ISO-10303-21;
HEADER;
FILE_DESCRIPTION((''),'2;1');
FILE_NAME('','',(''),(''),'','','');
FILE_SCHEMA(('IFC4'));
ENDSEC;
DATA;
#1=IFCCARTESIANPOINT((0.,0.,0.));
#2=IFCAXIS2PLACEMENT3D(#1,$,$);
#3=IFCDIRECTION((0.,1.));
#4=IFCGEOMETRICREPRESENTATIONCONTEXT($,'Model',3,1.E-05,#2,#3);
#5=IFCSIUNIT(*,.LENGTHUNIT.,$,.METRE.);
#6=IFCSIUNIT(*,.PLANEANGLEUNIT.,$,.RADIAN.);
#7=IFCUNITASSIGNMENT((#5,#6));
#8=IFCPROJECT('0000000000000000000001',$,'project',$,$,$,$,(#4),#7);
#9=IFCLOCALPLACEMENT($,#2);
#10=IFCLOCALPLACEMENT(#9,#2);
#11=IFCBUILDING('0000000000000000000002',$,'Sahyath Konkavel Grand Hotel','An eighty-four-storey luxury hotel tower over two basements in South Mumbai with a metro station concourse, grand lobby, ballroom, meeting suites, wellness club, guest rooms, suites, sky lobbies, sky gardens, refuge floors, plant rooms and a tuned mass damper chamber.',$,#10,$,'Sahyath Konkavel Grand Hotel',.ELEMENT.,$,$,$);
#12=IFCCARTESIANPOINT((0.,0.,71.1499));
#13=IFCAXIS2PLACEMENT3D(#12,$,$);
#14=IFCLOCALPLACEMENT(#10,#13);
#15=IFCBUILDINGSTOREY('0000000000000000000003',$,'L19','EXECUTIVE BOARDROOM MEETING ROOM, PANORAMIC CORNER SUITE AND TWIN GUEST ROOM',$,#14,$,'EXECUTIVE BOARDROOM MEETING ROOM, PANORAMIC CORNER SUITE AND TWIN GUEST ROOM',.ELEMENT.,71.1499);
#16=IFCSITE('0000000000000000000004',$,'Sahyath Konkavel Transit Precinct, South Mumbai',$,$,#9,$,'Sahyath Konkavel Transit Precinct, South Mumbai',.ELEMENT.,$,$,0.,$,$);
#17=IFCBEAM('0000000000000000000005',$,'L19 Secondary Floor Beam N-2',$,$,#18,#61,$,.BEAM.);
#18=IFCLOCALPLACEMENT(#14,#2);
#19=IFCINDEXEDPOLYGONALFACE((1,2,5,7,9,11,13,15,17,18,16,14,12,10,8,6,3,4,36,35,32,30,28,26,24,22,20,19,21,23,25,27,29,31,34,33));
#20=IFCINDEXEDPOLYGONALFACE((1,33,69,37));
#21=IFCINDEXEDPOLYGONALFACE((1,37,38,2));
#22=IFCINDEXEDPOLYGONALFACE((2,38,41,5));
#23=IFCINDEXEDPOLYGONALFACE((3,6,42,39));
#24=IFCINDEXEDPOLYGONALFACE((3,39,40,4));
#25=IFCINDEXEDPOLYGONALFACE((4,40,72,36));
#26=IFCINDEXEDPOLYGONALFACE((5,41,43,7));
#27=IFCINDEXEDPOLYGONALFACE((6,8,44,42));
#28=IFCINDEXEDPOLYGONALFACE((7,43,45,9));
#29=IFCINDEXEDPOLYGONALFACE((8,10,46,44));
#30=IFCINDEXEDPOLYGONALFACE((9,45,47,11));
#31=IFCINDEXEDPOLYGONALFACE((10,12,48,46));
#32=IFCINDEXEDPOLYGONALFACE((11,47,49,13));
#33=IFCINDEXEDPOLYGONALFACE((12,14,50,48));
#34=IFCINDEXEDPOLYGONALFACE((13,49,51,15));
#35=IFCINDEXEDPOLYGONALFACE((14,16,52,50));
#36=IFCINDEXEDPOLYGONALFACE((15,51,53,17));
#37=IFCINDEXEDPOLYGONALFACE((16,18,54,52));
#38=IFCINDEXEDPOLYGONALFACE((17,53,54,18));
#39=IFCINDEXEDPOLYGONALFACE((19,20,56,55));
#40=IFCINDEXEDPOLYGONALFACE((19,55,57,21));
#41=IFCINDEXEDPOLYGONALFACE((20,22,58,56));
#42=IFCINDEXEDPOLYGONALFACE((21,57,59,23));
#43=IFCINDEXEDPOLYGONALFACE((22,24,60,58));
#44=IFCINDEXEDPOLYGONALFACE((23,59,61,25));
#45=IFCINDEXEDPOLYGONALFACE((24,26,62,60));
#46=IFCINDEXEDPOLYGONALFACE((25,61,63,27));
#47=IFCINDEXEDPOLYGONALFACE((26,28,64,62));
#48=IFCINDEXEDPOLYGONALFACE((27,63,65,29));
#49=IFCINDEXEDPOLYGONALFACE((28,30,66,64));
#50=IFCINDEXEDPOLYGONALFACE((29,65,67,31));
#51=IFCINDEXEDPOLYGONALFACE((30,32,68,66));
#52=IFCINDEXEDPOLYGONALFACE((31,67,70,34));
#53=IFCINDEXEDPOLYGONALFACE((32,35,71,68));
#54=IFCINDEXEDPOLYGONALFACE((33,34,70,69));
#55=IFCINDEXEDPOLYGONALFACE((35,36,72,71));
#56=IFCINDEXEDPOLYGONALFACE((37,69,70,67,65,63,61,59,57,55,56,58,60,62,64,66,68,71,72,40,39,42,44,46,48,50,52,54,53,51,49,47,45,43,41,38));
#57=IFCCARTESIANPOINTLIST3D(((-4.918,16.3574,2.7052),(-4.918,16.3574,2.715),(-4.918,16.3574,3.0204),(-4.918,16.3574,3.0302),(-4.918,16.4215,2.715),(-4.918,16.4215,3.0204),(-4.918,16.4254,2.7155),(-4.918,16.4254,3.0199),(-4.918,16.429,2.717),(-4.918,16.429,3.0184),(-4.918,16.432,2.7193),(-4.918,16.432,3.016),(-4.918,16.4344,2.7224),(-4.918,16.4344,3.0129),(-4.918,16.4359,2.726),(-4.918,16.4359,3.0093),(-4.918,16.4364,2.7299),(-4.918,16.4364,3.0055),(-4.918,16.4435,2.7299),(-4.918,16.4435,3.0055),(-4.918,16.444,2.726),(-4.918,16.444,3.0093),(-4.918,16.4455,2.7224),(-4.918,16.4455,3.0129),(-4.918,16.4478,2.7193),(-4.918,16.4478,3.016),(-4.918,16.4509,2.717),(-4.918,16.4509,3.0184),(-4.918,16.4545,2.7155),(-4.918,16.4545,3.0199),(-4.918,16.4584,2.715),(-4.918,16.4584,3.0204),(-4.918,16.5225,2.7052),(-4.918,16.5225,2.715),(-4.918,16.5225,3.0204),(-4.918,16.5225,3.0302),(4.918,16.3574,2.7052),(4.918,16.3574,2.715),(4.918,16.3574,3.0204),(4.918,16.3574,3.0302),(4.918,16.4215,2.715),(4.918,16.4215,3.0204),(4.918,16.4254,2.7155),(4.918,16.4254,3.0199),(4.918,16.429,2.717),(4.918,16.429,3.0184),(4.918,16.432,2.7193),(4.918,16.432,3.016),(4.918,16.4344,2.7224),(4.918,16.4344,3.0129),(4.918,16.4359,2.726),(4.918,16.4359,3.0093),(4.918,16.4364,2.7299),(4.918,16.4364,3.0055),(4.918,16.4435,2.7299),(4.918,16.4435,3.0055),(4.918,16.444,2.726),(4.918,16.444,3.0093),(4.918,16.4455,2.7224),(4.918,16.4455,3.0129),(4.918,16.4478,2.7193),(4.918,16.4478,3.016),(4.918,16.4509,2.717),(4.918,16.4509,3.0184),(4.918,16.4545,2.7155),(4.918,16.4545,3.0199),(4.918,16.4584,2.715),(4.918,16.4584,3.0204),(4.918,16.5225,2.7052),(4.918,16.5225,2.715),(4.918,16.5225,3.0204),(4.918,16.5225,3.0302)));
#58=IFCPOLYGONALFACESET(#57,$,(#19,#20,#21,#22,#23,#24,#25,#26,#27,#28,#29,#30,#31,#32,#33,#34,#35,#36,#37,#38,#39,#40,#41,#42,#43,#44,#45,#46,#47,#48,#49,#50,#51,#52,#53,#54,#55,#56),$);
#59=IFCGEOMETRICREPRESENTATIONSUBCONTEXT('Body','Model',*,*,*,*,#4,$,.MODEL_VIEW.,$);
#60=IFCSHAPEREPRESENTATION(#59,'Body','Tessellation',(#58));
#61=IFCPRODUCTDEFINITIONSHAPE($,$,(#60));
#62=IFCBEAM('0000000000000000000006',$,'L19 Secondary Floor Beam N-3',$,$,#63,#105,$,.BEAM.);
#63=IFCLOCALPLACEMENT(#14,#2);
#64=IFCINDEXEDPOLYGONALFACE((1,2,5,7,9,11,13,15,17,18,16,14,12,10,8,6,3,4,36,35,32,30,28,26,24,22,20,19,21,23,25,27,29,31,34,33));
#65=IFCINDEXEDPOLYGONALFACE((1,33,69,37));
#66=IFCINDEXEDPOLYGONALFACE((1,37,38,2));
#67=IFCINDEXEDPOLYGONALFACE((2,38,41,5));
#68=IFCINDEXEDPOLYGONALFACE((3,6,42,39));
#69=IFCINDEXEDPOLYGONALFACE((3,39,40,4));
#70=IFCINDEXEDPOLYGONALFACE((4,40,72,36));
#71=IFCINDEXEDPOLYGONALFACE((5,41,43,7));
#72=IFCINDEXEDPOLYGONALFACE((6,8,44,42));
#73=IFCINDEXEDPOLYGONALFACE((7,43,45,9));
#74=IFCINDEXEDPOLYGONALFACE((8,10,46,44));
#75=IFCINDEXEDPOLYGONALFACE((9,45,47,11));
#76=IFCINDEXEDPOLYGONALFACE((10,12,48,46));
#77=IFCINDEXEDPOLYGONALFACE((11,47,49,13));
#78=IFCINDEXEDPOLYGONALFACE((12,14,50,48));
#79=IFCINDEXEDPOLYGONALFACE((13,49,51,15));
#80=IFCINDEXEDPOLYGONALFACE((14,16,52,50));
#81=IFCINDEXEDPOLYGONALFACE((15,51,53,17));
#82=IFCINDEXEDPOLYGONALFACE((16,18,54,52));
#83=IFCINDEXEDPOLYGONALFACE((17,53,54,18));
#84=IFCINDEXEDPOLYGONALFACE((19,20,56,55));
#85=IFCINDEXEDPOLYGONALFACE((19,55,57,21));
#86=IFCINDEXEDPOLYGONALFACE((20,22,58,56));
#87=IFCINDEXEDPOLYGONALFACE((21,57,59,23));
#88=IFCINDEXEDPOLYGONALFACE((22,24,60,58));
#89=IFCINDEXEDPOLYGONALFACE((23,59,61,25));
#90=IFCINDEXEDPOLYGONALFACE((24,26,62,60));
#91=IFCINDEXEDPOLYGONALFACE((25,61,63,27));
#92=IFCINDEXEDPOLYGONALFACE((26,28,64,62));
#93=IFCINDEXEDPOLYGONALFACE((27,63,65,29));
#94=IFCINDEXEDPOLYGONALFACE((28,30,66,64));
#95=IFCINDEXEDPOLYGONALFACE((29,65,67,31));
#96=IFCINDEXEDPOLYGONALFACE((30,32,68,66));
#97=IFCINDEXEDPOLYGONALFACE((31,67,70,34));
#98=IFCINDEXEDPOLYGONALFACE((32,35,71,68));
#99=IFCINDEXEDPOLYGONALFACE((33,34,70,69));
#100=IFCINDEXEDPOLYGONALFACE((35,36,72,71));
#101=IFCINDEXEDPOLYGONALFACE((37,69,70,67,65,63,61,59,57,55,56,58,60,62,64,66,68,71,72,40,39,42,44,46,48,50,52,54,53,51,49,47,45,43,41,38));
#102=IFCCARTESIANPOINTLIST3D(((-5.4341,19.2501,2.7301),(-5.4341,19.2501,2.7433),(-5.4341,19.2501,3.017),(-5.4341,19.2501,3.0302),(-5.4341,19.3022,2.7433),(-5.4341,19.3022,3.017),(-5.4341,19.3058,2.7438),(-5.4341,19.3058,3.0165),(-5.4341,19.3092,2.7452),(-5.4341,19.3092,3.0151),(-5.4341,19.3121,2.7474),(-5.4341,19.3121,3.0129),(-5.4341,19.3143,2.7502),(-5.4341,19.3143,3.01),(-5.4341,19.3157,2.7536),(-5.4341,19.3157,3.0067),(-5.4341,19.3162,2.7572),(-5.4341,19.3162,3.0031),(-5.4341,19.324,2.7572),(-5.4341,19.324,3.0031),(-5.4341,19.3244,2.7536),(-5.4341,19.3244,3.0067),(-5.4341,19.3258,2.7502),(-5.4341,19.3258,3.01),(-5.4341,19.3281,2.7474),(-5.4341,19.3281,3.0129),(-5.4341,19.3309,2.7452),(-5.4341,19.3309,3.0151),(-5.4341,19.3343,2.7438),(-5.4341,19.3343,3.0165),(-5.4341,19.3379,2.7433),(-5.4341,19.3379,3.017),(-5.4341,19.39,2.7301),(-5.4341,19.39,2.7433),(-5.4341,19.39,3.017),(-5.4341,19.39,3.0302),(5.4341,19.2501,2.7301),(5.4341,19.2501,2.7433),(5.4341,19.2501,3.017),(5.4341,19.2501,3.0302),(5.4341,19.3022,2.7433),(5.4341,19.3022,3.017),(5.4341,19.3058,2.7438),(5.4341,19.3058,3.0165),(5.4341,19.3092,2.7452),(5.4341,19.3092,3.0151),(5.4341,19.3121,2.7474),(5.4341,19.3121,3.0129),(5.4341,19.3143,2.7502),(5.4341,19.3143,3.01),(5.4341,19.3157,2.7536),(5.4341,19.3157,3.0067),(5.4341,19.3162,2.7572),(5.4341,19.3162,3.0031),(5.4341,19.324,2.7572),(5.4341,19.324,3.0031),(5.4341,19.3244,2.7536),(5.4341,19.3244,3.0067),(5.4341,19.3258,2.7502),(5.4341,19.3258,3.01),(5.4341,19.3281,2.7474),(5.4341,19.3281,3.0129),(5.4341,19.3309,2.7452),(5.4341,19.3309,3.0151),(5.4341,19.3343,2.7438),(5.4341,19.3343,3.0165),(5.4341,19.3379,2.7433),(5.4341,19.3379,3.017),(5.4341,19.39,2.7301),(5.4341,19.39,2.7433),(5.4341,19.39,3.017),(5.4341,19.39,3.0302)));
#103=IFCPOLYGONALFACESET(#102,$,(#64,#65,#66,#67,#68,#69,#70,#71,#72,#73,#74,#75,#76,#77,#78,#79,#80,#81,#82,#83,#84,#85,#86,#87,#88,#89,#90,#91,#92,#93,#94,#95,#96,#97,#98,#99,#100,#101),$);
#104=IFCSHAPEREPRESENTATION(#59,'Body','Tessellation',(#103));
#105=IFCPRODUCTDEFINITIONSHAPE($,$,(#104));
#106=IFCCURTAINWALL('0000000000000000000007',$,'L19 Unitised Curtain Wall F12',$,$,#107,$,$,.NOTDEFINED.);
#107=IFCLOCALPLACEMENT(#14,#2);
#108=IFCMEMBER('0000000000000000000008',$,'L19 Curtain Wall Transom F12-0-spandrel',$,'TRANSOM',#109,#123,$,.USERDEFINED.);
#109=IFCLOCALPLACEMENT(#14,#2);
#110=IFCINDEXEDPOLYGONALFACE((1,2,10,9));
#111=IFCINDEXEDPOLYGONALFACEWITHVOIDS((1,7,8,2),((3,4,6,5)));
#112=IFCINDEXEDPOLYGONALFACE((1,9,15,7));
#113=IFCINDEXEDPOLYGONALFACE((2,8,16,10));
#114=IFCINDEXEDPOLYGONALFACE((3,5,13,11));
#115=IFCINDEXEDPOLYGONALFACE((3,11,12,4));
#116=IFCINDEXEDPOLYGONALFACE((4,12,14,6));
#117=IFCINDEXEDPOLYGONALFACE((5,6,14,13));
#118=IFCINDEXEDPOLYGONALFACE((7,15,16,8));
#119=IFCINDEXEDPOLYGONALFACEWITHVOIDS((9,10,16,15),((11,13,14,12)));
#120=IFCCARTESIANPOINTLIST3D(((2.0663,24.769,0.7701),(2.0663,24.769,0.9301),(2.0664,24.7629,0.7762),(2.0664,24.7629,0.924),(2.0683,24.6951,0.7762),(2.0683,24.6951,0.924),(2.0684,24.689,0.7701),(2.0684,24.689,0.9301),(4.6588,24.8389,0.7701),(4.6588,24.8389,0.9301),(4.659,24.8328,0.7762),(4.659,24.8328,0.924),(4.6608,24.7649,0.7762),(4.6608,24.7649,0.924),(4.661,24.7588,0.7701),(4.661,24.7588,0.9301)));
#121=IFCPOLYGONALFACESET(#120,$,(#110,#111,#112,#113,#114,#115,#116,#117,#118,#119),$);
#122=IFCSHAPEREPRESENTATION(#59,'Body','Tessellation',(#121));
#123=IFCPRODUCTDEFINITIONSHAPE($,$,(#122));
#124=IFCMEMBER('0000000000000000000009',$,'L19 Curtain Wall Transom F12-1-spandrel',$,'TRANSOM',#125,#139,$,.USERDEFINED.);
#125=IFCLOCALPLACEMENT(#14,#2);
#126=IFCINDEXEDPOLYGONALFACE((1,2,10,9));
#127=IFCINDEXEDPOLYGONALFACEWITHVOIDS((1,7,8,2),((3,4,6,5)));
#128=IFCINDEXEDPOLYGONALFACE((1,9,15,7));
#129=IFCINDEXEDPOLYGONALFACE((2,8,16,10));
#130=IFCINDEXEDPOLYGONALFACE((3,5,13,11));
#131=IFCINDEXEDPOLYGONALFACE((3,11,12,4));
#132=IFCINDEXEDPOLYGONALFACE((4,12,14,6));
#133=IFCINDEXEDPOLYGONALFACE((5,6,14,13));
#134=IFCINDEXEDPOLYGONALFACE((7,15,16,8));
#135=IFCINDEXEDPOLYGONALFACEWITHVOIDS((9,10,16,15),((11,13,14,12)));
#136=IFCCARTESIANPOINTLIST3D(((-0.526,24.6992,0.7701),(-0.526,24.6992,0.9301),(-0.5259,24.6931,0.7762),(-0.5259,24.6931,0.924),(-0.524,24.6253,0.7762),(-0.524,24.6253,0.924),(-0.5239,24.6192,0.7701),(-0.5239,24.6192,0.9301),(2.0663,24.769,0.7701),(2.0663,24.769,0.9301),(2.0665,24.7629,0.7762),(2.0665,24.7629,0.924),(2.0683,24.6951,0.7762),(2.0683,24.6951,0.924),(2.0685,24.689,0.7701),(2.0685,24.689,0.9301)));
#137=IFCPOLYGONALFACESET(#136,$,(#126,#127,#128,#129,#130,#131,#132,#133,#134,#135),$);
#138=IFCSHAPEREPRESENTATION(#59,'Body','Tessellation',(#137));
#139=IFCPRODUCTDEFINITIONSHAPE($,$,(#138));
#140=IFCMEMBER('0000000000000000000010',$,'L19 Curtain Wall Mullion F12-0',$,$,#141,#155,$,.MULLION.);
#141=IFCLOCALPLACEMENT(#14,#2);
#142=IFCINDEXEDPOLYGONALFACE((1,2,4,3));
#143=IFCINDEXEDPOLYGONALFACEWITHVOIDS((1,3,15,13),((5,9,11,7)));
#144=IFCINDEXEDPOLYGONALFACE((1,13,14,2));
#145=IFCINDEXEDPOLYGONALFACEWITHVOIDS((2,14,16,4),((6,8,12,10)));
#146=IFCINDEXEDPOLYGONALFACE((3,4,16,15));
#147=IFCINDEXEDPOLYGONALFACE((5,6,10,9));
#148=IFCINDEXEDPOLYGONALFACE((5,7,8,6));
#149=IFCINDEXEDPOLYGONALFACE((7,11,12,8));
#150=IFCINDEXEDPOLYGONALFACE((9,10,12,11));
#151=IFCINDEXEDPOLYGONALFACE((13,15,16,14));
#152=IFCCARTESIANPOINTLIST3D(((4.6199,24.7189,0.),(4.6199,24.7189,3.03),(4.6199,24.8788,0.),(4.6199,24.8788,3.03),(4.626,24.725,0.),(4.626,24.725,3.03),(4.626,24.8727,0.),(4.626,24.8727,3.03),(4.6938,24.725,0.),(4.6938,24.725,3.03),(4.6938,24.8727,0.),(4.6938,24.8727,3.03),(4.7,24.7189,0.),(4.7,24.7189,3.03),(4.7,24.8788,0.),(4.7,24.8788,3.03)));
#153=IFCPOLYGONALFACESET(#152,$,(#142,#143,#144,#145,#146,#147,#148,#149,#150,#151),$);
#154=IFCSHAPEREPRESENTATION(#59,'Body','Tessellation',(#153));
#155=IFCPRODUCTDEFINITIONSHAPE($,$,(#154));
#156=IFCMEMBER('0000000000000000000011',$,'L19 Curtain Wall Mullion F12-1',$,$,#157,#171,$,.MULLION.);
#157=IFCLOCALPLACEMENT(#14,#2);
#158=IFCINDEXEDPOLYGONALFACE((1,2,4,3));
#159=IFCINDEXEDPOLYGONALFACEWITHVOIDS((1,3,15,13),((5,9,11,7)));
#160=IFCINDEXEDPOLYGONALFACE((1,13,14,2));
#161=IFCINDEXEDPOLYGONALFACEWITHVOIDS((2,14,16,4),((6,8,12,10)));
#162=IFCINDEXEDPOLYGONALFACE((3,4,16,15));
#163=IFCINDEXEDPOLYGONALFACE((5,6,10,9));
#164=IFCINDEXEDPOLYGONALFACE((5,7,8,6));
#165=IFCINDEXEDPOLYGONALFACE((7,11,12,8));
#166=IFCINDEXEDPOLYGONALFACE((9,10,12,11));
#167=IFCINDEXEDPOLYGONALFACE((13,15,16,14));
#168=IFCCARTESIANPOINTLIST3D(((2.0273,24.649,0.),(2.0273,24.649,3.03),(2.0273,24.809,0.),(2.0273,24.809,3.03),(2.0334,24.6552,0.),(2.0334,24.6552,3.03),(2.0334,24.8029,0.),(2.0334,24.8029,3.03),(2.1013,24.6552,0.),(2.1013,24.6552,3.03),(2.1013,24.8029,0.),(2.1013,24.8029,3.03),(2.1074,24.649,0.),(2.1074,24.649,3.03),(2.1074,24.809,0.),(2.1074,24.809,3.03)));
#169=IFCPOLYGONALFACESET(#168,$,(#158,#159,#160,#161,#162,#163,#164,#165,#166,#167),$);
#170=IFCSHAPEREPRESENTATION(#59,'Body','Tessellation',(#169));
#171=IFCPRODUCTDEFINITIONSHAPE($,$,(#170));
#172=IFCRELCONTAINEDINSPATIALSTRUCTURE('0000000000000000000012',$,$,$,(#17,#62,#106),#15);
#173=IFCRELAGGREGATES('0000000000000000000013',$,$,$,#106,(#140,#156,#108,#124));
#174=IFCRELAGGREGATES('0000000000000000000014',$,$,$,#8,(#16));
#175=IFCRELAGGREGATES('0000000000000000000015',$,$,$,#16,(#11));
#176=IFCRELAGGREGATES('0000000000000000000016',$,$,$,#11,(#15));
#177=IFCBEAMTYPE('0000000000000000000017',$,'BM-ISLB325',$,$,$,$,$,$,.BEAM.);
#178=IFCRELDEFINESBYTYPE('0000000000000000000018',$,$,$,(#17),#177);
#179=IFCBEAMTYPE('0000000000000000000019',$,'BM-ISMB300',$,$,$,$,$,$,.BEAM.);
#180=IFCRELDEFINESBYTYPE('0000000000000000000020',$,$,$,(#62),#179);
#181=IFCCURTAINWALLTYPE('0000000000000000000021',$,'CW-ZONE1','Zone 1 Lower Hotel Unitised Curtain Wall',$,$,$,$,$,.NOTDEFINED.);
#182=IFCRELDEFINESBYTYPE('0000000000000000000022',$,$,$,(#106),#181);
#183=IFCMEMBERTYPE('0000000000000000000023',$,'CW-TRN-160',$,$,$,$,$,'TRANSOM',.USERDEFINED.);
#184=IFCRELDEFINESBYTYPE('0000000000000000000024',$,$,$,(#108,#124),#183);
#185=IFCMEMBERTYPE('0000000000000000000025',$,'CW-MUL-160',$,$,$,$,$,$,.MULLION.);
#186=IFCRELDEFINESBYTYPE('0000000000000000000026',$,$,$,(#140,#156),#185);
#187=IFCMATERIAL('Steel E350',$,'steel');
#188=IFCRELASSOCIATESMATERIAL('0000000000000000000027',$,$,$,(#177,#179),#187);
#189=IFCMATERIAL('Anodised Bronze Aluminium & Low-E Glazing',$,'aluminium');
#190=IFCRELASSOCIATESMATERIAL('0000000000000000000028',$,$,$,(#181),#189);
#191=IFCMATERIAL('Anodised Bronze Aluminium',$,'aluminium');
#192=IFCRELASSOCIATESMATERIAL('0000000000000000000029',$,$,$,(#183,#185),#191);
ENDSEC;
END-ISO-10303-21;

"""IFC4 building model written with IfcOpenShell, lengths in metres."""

from ifc_helpers import new_model, si_unit, direction, frame, origin, origin_2d, place, context, subcontext, project, spatial, hollow_rectangle, i_section, extrude, source, transform, mapped, material, material_profile, profile_set, type_object, element, aggregate, save


model = new_model("IFC4")

# Units and contexts
model_context = context("Model", 3, precision=1e-05, world=origin(), true_north=direction((0.0, 1.0)))
body_context = subcontext(model_context, "Body", "Model", "MODEL_VIEW")
ifc_project = project(units=[si_unit("LENGTHUNIT", "METRE"), si_unit("PLANEANGLEUNIT", "RADIAN")], contexts=[model_context])

# Site, building, storey
site_placement = place(None, origin())
site = spatial("IfcSite", under=ifc_project, at=site_placement, Name="Sahyath Konkavel Transit Precinct, South Mumbai", LongName="Sahyath Konkavel Transit Precinct, South Mumbai", CompositionType="ELEMENT", RefElevation=0.0)
building_placement = place(site_placement, origin())
building = spatial("IfcBuilding", under=site, at=building_placement, Name="Sahyath Konkavel Grand Hotel", Description="An eighty-four-storey luxury hotel tower over two basements in South Mumbai with a metro station concourse, grand lobby, ballroom, meeting suites, wellness club, guest rooms, suites, sky lobbies, sky gardens, refuge floors, plant rooms and a tuned mass damper chamber.", LongName="Sahyath Konkavel Grand Hotel", CompositionType="ELEMENT")
storey_placement = place(building_placement, frame((0.0, 0.0, 71.1499)))
storey = spatial("IfcBuildingStorey", under=building, at=storey_placement, Name="L19", Description="EXECUTIVE BOARDROOM MEETING ROOM, PANORAMIC CORNER SUITE AND TWIN GUEST ROOM", LongName="EXECUTIVE BOARDROOM MEETING ROOM, PANORAMIC CORNER SUITE AND TWIN GUEST ROOM", CompositionType="ELEMENT", Elevation=71.1499)

# Beams
ifc_material_1 = material(Name="Steel E350", Category="steel")
ifc_material_profile_1 = material_profile(ifc_material_1, i_section(OverallWidth=0.165, OverallDepth=0.325, WebThickness=0.0071, FlangeThickness=0.0098, FilletRadius=0.0149, at=origin_2d()), Name="ISLB 325")
ifc_profile_set_1 = profile_set([ifc_material_profile_1], Name="Steel E350")
beam_type_1 = type_object("IfcBeamType", Name="BM-ISLB325", PredefinedType="BEAM", material=ifc_profile_set_1)
shared_shape_1 = source(origin(), body_context, "Body", "SweptSolid", [
    extrude(i_section(OverallWidth=0.165, OverallDepth=0.325, WebThickness=0.0071, FlangeThickness=0.0098, FilletRadius=0.0149, at=origin_2d()), origin(), (0.0, 0.0, 1.0), 9.8359),
])
beam_1_placement = place(storey_placement, frame((4.918, 16.4399, 2.8677), z_axis=(-1.0, 0.0, 0.0), x_axis=(0.0, -1.0, 0.0)))
element("IfcBeam", 1, at=beam_1_placement, inside=storey, type_object=beam_type_1, Name="L19 Secondary Floor Beam N-2", PredefinedType="BEAM", context=body_context, shape_type="MappedRepresentation", body=[
    mapped(shared_shape_1, transform((0.0, 0.0, 0.0), scale=1.0)),
])
ifc_material_profile_2 = material_profile(ifc_material_1, i_section(OverallWidth=0.1399, OverallDepth=0.3, WebThickness=0.0078, FlangeThickness=0.0132, FilletRadius=0.0139, at=origin_2d()), Name="ISMB 300")
ifc_profile_set_2 = profile_set([ifc_material_profile_2], Name="Steel E350")
beam_type_2 = type_object("IfcBeamType", Name="BM-ISMB300", PredefinedType="BEAM", material=ifc_profile_set_2)
shared_shape_2 = source(origin(), body_context, "Body", "SweptSolid", [
    extrude(i_section(OverallWidth=0.1399, OverallDepth=0.3, WebThickness=0.0078, FlangeThickness=0.0132, FilletRadius=0.0139, at=origin_2d()), origin(), (0.0, 0.0, 1.0), 10.8682),
])
beam_2_placement = place(storey_placement, frame((5.4341, 19.3201, 2.8801), z_axis=(-1.0, 0.0, 0.0), x_axis=(0.0, -1.0, 0.0)))
element("IfcBeam", 2, at=beam_2_placement, inside=storey, type_object=beam_type_2, Name="L19 Secondary Floor Beam N-3", PredefinedType="BEAM", context=body_context, shape_type="MappedRepresentation", body=[
    mapped(shared_shape_2, transform((0.0, 0.0, 0.0), scale=1.0)),
])

# Curtain wall, members
ifc_material_2 = material(Name="Anodised Bronze Aluminium & Low-E Glazing", Category="aluminium")
curtain_wall_type = type_object("IfcCurtainWallType", Name="CW-ZONE1", Description="Zone 1 Lower Hotel Unitised Curtain Wall", PredefinedType="NOTDEFINED", material=ifc_material_2)
curtain_wall_placement = place(storey_placement, origin())
curtain_wall = element("IfcCurtainWall", 3, at=curtain_wall_placement, inside=storey, type_object=curtain_wall_type, Name="L19 Unitised Curtain Wall F12", PredefinedType="NOTDEFINED")
ifc_material_3 = material(Name="Anodised Bronze Aluminium", Category="aluminium")
ifc_material_profile_3 = material_profile(ifc_material_3, hollow_rectangle(XDim=0.0801, YDim=0.1599, WallThickness=0.0061, at=origin_2d()), Name="RHS 160x80x6")
ifc_profile_set_3 = profile_set([ifc_material_profile_3], Name="Anodised Bronze Aluminium")
member_type_1 = type_object("IfcMemberType", Name="CW-TRN-160", ElementType="TRANSOM", PredefinedType="USERDEFINED", material=ifc_profile_set_3)
shared_shape_3 = source(origin(), body_context, "Body", "SweptSolid", [
    extrude(hollow_rectangle(XDim=0.0801, YDim=0.1599, WallThickness=0.0061, at=origin_2d()), origin(), (0.0, 0.0, 1.0), 2.5935),
])
member_1_placement = place(storey_placement, frame((4.6599, 24.7988, 0.8501), z_axis=(-0.999638, -0.026923, 0.0), x_axis=(0.026923, -0.999638, 0.0)))
member_1 = element("IfcMember", 4, at=member_1_placement, type_object=member_type_1, Name="L19 Curtain Wall Transom F12-0-spandrel", ObjectType="TRANSOM", PredefinedType="USERDEFINED", context=body_context, shape_type="MappedRepresentation", body=[
    mapped(shared_shape_3, transform((0.0, 0.0, 0.0), scale=1.0)),
])
shared_shape_4 = source(origin(), body_context, "Body", "SweptSolid", [
    extrude(hollow_rectangle(XDim=0.0801, YDim=0.1599, WallThickness=0.0061, at=origin_2d()), origin(), (0.0, 0.0, 1.0), 2.5933),
])
member_2_placement = place(storey_placement, frame((2.0674, 24.729, 0.8501), z_axis=(-0.999637, -0.026926, 0.0), x_axis=(0.026926, -0.999637, 0.0)))
member_2 = element("IfcMember", 5, at=member_2_placement, type_object=member_type_1, Name="L19 Curtain Wall Transom F12-1-spandrel", ObjectType="TRANSOM", PredefinedType="USERDEFINED", context=body_context, shape_type="MappedRepresentation", body=[
    mapped(shared_shape_4, transform((0.0, 0.0, 0.0), scale=1.0)),
])
ifc_material_profile_4 = material_profile(ifc_material_3, hollow_rectangle(XDim=0.0801, YDim=0.1599, WallThickness=0.0061, at=origin_2d()), Name="RHS 160x80x6")
ifc_profile_set_4 = profile_set([ifc_material_profile_4], Name="Anodised Bronze Aluminium")
member_type_2 = type_object("IfcMemberType", Name="CW-MUL-160", PredefinedType="MULLION", material=ifc_profile_set_4)
shared_shape_5 = source(origin(), body_context, "Body", "SweptSolid", [
    extrude(hollow_rectangle(XDim=0.0801, YDim=0.1599, WallThickness=0.0061, at=origin_2d()), origin(), (0.0, 0.0, 1.0), 3.03),
])
member_3_placement = place(storey_placement, frame((4.6599, 24.7988, 0.0), z_axis=(0.0, 0.0, 1.0), x_axis=(1.0, 0.0, 0.0)))
member_3 = element("IfcMember", 6, at=member_3_placement, type_object=member_type_2, Name="L19 Curtain Wall Mullion F12-0", PredefinedType="MULLION", context=body_context, shape_type="MappedRepresentation", body=[
    mapped(shared_shape_5, transform((0.0, 0.0, 0.0), scale=1.0)),
])
member_4_placement = place(storey_placement, frame((2.0674, 24.729, 0.0), z_axis=(0.0, 0.0, 1.0), x_axis=(1.0, 0.0, 0.0)))
member_4 = element("IfcMember", 7, at=member_4_placement, type_object=member_type_2, Name="L19 Curtain Wall Mullion F12-1", PredefinedType="MULLION", context=body_context, shape_type="MappedRepresentation", body=[
    mapped(shared_shape_5, transform((0.0, 0.0, 0.0), scale=1.0)),
])
aggregate(curtain_wall, [member_3, member_4, member_1, member_2])

save(model, "model.ifc")
